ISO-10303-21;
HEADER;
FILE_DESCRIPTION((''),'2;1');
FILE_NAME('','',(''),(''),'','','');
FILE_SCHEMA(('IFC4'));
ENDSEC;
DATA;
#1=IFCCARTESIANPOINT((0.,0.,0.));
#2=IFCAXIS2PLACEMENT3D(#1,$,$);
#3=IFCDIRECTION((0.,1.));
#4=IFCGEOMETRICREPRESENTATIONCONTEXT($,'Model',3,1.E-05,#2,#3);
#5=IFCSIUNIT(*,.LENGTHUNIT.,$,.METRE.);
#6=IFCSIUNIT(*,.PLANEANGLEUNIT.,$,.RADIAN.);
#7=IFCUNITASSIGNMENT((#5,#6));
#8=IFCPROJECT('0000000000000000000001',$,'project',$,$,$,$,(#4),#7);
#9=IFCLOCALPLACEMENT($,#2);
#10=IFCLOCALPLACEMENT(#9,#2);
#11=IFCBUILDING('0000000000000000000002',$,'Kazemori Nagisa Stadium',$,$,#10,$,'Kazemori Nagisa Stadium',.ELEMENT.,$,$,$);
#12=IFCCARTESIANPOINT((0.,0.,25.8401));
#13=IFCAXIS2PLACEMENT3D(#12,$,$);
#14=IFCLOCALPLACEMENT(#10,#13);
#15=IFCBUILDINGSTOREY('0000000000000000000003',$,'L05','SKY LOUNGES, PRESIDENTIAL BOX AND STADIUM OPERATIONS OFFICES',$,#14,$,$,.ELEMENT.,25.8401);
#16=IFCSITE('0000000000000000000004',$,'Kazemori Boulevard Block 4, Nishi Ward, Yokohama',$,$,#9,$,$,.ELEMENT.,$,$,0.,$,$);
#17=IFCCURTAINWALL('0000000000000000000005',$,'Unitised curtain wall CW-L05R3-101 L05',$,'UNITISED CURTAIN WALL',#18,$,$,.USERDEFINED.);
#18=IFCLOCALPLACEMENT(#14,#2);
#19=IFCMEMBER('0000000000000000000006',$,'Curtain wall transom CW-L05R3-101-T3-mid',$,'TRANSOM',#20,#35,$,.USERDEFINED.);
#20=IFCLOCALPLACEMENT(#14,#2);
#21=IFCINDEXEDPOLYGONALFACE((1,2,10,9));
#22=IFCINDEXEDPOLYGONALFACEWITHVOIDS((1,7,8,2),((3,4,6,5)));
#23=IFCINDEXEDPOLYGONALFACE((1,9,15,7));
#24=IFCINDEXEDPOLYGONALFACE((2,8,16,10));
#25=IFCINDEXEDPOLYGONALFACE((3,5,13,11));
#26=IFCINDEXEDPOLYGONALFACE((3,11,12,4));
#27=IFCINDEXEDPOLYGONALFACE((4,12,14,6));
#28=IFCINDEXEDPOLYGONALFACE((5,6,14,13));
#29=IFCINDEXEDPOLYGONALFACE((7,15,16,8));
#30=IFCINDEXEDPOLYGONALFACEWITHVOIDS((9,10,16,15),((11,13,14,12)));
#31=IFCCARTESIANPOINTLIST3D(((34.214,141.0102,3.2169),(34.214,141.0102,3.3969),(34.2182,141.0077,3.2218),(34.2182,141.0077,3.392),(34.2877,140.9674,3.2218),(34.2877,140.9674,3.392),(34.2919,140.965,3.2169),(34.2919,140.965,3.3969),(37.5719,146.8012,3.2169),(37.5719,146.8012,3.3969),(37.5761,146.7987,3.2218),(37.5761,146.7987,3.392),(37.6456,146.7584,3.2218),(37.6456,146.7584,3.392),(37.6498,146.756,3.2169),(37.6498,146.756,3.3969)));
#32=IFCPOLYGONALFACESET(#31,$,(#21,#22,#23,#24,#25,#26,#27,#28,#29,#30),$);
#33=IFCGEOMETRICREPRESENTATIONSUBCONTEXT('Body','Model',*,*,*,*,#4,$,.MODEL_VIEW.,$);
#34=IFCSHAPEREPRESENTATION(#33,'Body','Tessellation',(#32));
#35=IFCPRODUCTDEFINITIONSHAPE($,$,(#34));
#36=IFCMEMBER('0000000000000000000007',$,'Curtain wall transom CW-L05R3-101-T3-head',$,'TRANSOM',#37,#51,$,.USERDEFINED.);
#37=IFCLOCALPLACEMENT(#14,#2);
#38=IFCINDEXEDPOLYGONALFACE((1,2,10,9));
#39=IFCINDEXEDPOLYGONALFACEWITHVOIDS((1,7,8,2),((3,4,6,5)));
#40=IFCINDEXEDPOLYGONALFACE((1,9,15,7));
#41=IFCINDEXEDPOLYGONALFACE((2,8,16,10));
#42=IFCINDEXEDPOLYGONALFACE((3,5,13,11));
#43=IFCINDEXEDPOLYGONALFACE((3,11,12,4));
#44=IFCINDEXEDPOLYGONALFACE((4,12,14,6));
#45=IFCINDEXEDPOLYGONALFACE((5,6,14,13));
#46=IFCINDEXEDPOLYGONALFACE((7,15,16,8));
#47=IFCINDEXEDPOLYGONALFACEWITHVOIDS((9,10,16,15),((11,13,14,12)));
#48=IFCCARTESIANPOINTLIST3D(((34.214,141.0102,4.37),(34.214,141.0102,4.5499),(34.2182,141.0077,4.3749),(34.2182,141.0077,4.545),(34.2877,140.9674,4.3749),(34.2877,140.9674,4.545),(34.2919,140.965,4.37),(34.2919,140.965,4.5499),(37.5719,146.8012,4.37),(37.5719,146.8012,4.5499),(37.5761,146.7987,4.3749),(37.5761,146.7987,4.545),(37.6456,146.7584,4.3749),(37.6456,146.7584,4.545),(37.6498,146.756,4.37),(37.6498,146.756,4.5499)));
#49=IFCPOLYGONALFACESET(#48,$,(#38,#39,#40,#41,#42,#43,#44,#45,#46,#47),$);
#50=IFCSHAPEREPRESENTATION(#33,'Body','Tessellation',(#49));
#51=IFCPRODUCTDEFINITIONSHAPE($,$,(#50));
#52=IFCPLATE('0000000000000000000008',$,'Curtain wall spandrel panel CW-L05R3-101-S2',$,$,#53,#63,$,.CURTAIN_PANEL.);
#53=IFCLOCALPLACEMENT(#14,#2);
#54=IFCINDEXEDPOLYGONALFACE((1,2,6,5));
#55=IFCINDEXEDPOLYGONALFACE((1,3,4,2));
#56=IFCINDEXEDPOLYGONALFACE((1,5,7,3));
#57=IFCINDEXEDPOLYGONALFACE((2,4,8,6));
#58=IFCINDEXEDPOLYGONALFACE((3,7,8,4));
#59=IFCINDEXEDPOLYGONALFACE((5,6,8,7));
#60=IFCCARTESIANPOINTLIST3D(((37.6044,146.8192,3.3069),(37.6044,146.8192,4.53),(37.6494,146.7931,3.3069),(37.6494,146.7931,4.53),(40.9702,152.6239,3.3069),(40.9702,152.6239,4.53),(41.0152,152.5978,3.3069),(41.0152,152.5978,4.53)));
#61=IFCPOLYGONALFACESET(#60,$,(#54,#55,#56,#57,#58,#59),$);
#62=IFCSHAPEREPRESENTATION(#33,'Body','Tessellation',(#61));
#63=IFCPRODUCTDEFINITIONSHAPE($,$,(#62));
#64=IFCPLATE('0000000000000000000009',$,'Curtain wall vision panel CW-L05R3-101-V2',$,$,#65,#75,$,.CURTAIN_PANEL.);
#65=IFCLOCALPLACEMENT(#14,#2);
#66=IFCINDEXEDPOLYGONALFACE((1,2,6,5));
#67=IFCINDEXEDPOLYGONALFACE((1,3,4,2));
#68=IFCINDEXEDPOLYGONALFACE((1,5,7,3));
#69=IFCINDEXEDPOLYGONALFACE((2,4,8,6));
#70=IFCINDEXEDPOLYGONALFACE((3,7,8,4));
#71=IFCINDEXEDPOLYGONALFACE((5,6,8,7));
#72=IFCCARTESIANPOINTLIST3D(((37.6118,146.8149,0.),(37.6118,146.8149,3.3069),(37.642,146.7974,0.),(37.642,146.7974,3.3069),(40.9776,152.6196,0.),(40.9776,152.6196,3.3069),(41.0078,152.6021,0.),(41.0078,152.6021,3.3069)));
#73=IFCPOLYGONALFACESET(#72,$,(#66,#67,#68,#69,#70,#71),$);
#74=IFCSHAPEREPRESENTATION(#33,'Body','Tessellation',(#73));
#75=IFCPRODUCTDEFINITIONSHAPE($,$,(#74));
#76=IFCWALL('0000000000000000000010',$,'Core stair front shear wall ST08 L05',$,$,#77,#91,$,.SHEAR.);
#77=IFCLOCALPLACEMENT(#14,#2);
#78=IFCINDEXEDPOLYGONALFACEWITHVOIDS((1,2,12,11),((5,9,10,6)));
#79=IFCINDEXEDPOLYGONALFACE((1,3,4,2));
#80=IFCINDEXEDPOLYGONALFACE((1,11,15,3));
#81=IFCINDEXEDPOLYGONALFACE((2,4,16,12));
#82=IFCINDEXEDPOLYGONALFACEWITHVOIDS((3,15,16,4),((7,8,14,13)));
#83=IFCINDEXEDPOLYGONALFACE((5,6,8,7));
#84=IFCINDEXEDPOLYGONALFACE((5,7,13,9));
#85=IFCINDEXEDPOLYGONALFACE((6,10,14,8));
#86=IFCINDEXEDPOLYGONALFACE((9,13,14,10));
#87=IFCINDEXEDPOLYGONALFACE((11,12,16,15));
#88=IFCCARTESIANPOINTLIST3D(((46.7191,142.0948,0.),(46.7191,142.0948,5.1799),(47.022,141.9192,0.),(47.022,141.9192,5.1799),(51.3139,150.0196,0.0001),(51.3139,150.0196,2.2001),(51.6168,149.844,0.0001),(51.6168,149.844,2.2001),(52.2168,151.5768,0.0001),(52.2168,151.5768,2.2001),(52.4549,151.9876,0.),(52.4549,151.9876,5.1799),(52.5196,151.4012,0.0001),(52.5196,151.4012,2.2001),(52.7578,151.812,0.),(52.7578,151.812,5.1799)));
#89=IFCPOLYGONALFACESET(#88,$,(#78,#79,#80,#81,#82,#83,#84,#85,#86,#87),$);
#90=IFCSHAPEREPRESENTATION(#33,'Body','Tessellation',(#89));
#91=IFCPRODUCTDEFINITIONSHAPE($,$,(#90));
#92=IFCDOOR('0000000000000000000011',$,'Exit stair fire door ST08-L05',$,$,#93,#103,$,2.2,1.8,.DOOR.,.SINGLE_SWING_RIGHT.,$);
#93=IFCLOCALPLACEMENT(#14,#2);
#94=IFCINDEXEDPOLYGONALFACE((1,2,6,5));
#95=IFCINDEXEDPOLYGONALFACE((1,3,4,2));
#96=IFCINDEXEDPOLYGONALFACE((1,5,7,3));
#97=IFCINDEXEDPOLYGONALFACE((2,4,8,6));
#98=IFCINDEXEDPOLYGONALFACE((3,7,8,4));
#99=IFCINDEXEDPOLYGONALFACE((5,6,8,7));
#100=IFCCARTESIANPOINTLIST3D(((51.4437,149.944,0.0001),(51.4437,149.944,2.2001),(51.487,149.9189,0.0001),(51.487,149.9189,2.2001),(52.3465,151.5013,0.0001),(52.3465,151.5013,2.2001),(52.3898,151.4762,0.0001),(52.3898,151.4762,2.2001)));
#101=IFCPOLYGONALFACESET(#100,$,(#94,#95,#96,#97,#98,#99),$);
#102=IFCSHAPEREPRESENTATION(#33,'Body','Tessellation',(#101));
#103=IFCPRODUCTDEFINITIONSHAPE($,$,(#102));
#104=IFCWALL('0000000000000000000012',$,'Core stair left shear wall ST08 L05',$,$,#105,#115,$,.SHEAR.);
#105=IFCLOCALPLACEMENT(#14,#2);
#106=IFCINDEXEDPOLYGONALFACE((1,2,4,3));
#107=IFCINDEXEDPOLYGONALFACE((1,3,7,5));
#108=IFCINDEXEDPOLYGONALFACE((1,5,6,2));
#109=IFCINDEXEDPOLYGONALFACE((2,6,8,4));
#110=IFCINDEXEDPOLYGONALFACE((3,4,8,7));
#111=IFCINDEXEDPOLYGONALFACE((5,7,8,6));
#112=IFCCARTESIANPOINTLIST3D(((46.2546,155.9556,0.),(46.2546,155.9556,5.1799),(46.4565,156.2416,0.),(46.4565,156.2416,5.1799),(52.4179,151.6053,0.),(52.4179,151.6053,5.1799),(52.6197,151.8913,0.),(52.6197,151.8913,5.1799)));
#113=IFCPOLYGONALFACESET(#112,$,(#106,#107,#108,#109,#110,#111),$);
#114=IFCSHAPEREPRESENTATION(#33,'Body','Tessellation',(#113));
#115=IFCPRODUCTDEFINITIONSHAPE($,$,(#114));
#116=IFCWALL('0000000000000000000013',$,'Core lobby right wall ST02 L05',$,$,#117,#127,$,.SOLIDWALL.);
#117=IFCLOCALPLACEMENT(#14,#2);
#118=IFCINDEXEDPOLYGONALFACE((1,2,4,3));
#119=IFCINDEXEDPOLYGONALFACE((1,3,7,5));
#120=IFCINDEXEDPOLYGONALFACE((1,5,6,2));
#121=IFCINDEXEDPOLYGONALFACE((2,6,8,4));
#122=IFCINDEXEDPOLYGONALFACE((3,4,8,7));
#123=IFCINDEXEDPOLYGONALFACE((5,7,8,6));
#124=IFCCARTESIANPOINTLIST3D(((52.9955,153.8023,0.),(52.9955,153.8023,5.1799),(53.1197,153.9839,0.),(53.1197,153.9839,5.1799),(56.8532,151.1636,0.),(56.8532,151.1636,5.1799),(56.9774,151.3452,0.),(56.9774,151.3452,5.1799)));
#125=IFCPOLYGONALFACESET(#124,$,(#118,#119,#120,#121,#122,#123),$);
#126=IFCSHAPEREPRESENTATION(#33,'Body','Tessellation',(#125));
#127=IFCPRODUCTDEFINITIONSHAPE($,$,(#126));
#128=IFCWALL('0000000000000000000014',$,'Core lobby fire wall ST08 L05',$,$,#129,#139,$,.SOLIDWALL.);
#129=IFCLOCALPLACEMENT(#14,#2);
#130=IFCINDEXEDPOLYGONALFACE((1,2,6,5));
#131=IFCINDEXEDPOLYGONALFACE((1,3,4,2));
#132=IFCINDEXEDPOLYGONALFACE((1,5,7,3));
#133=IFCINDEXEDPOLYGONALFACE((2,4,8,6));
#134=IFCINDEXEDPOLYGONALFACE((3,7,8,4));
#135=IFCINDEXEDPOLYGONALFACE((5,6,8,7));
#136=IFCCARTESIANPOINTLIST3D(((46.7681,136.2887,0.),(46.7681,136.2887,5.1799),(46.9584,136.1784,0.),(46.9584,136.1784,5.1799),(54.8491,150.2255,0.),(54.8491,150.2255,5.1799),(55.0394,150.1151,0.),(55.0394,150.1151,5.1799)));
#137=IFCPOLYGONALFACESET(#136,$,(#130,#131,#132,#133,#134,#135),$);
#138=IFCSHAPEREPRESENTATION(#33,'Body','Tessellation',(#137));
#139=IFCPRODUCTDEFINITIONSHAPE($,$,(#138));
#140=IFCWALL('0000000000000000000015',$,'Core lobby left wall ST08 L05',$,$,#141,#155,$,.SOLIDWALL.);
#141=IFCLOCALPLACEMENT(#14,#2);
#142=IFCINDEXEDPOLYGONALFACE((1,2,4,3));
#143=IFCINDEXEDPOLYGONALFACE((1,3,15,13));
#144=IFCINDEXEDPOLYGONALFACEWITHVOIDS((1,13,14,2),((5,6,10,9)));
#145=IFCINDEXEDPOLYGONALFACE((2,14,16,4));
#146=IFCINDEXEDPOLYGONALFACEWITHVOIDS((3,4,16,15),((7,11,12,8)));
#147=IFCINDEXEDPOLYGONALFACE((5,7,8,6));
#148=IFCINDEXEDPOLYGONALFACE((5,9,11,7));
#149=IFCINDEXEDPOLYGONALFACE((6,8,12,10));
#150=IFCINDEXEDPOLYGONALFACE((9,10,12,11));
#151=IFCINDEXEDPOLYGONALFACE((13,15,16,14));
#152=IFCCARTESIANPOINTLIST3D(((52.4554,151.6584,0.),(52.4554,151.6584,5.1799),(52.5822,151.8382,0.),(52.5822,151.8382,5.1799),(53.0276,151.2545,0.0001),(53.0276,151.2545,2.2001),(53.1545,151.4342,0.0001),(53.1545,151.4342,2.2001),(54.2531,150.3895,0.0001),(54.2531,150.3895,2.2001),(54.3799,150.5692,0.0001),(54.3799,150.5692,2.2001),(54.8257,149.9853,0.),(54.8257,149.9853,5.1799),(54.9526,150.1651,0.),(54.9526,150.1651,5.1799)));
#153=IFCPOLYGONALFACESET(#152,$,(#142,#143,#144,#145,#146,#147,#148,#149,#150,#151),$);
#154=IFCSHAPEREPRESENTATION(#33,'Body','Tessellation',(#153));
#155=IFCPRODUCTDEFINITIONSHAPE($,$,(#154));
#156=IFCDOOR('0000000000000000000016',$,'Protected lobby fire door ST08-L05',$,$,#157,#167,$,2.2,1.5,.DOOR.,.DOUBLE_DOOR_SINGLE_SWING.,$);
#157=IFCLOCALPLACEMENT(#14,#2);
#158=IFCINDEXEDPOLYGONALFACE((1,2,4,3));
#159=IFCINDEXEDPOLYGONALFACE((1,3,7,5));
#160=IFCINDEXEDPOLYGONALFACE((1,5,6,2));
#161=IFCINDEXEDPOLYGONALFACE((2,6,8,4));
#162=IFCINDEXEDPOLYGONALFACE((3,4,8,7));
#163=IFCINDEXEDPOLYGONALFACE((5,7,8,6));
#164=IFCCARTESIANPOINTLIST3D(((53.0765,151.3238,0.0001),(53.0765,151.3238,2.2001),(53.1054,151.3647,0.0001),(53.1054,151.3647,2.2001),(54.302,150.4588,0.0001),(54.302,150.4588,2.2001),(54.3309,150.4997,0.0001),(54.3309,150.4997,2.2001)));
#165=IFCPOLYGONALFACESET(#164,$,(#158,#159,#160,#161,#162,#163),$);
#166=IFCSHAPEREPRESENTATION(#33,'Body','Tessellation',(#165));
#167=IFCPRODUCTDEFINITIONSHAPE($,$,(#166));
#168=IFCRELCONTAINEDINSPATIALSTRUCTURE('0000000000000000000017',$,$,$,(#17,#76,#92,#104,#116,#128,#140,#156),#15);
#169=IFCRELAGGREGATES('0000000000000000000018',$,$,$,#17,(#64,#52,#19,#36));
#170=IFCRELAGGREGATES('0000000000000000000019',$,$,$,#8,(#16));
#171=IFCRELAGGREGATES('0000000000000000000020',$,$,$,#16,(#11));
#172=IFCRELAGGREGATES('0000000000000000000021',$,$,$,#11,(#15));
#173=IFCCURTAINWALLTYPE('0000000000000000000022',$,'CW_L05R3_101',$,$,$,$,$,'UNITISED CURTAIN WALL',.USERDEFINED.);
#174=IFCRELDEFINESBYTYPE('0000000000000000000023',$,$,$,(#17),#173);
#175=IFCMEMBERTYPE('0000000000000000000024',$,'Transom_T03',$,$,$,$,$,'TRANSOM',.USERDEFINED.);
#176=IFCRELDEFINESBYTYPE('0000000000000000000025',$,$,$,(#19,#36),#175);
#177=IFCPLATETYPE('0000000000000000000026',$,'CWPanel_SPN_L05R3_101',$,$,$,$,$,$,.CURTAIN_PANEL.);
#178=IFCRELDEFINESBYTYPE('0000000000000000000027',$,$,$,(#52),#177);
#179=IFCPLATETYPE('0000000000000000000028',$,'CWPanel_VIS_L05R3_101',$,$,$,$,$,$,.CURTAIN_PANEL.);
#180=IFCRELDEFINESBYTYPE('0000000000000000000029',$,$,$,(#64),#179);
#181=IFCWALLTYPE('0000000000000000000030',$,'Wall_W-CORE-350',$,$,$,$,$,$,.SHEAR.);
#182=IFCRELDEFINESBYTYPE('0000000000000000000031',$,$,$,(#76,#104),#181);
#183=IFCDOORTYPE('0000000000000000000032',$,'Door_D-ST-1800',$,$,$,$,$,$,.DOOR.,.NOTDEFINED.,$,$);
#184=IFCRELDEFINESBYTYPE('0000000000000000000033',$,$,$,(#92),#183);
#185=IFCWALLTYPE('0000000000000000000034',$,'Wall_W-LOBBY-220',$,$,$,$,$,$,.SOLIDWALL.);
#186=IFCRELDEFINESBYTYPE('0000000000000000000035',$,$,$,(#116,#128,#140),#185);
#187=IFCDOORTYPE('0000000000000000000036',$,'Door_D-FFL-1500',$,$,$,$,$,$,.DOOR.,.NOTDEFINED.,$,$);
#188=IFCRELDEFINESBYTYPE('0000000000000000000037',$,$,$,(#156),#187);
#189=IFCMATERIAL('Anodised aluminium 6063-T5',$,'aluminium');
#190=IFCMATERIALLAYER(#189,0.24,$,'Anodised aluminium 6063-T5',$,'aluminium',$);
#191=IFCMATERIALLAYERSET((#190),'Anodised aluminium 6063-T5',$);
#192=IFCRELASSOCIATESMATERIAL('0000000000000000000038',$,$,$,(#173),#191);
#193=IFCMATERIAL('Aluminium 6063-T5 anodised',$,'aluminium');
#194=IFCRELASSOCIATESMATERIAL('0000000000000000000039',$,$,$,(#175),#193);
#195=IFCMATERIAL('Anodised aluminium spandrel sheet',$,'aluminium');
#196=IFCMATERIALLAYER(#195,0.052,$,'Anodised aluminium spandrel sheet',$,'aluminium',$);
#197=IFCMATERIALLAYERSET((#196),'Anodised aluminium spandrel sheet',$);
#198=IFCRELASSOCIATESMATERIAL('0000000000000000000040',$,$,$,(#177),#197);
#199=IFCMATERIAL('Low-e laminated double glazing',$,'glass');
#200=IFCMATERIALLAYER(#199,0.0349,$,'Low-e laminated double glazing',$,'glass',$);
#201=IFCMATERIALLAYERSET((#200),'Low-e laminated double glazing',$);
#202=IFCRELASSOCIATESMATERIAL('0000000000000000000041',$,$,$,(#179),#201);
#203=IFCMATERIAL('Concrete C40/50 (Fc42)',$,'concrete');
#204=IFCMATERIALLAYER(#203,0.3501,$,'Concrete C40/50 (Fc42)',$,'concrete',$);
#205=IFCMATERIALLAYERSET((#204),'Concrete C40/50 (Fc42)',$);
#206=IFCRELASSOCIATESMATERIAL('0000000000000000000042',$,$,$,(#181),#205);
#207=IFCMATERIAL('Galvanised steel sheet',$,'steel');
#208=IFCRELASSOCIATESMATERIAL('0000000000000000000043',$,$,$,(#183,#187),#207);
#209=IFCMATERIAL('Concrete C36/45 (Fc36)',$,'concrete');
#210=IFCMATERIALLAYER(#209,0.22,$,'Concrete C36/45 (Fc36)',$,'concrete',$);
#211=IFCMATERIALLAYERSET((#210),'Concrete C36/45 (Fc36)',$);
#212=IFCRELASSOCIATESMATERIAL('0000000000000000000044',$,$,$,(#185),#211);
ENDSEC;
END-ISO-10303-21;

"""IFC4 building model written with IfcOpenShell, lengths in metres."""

from ifc_helpers import new_model, si_unit, direction, frame, frame_2d, origin, origin_2d, place, context, subcontext, project, spatial, rectangle, hollow_rectangle, extrude, material, layer, layer_set, material_profile, profile_set, type_object, element, fill, aggregate, save


model = new_model("IFC4")

# Units and contexts
model_context = context("Model", 3, precision=1e-05, world=origin(), true_north=direction((0.0, 1.0)))
body_context = subcontext(model_context, "Body", "Model", "MODEL_VIEW")
ifc_project = project(units=[si_unit("LENGTHUNIT", "METRE"), si_unit("PLANEANGLEUNIT", "RADIAN")], contexts=[model_context])

# Site, building, storey
site_placement = place(None, origin())
site = spatial("IfcSite", under=ifc_project, at=site_placement, Name="Kazemori Boulevard Block 4, Nishi Ward, Yokohama", CompositionType="ELEMENT", RefElevation=0.0)
building_placement = place(site_placement, origin())
building = spatial("IfcBuilding", under=site, at=building_placement, Name="Kazemori Nagisa Stadium", LongName="Kazemori Nagisa Stadium", CompositionType="ELEMENT")
storey_placement = place(building_placement, frame((0.0, 0.0, 25.8401)))
storey = spatial("IfcBuildingStorey", under=building, at=storey_placement, Name="L05", Description="SKY LOUNGES, PRESIDENTIAL BOX AND STADIUM OPERATIONS OFFICES", CompositionType="ELEMENT", Elevation=25.8401)

# Shared definitions
ifc_material_1 = material(Name="Concrete C40/50 (Fc42)", Category="concrete")

# Curtain wall, members, plates
ifc_material_2 = material(Name="Anodised aluminium 6063-T5", Category="aluminium")
ifc_layer_1 = layer(ifc_material_2, 0.24, Name="Anodised aluminium 6063-T5", Category="aluminium")
ifc_layer_set_1 = layer_set([ifc_layer_1], Name="Anodised aluminium 6063-T5")
curtain_wall_type = type_object("IfcCurtainWallType", Name="CW_L05R3_101", ElementType="UNITISED CURTAIN WALL", PredefinedType="USERDEFINED", material=ifc_layer_set_1)
curtain_wall_placement = place(storey_placement, origin())
curtain_wall = element("IfcCurtainWall", 1, at=curtain_wall_placement, inside=storey, type_object=curtain_wall_type, Name="Unitised curtain wall CW-L05R3-101 L05", ObjectType="UNITISED CURTAIN WALL", PredefinedType="USERDEFINED")
ifc_material_3 = material(Name="Aluminium 6063-T5 anodised", Category="aluminium")
ifc_material_profile_1 = material_profile(ifc_material_3, hollow_rectangle(XDim=0.0901, YDim=0.1799, WallThickness=0.0049, at=origin_2d()), Name="ALU-TRAN-90x180x5")
ifc_profile_set_1 = profile_set([ifc_material_profile_1], Name="Aluminium 6063-T5 anodised")
member_type_1 = type_object("IfcMemberType", Name="Transom_T03", ElementType="TRANSOM", PredefinedType="USERDEFINED", material=ifc_profile_set_1)
member_1_placement = place(storey_placement, frame((37.6108, 146.7786, 3.3069), z_axis=(-0.50162, -0.865088, 0.0), x_axis=(0.865088, -0.50162, 0.0)))
member_1 = element("IfcMember", 2, at=member_1_placement, type_object=member_type_1, Name="Curtain wall transom CW-L05R3-101-T3-mid", ObjectType="TRANSOM", PredefinedType="USERDEFINED", context=body_context, shape_type="SweptSolid", body=[
    extrude(hollow_rectangle(XDim=0.0901, YDim=0.1799, WallThickness=0.0049, at=origin_2d()), origin(), (0.0, 0.0, 1.0), 6.6941),
])
member_2_placement = place(storey_placement, frame((37.6108, 146.7786, 4.46), z_axis=(-0.50162, -0.865088, 0.0), x_axis=(0.865088, -0.50162, 0.0)))
member_2 = element("IfcMember", 3, at=member_2_placement, type_object=member_type_1, Name="Curtain wall transom CW-L05R3-101-T3-head", ObjectType="TRANSOM", PredefinedType="USERDEFINED", context=body_context, shape_type="SweptSolid", body=[
    extrude(hollow_rectangle(XDim=0.0901, YDim=0.1799, WallThickness=0.0049, at=origin_2d()), origin(), (0.0, 0.0, 1.0), 6.6941),
])
ifc_material_4 = material(Name="Anodised aluminium spandrel sheet", Category="aluminium")
ifc_layer_2 = layer(ifc_material_4, 0.052, Name="Anodised aluminium spandrel sheet", Category="aluminium")
ifc_layer_set_2 = layer_set([ifc_layer_2], Name="Anodised aluminium spandrel sheet")
plate_type_1 = type_object("IfcPlateType", Name="CWPanel_SPN_L05R3_101", PredefinedType="CURTAIN_PANEL", material=ifc_layer_set_2)
plate_1_placement = place(storey_placement, frame((39.3098, 149.7085, 3.3069), z_axis=(0.0, 0.0, 1.0), x_axis=(-0.501612, -0.865093, 0.0)))
plate_1 = element("IfcPlate", 4, at=plate_1_placement, type_object=plate_type_1, Name="Curtain wall spandrel panel CW-L05R3-101-S2", PredefinedType="CURTAIN_PANEL", context=body_context, shape_type="SweptSolid", body=[
    extrude(rectangle(XDim=6.71, YDim=0.052, at=origin_2d()), origin(), (0.0, 0.0, 1.0), 1.2231),
])
ifc_material_5 = material(Name="Low-e laminated double glazing", Category="glass")
ifc_layer_3 = layer(ifc_material_5, 0.0349, Name="Low-e laminated double glazing", Category="glass")
ifc_layer_set_3 = layer_set([ifc_layer_3], Name="Low-e laminated double glazing")
plate_type_2 = type_object("IfcPlateType", Name="CWPanel_VIS_L05R3_101", PredefinedType="CURTAIN_PANEL", material=ifc_layer_set_3)
plate_2_placement = place(storey_placement, frame((39.3098, 149.7085, 0.0), z_axis=(0.0, 0.0, 1.0), x_axis=(-0.501612, -0.865093, 0.0)))
plate_2 = element("IfcPlate", 5, at=plate_2_placement, type_object=plate_type_2, Name="Curtain wall vision panel CW-L05R3-101-V2", PredefinedType="CURTAIN_PANEL", context=body_context, shape_type="SweptSolid", body=[
    extrude(rectangle(XDim=6.71, YDim=0.0349, at=origin_2d()), origin(), (0.0, 0.0, 1.0), 3.3069),
])
aggregate(curtain_wall, [plate_2, plate_1, member_1, member_2])

# Wall, opening, door
ifc_layer_4 = layer(ifc_material_1, 0.3501, Name="Concrete C40/50 (Fc42)", Category="concrete")
ifc_layer_set_4 = layer_set([ifc_layer_4], Name="Concrete C40/50 (Fc42)")
wall_type_1 = type_object("IfcWallType", Name="Wall_W-CORE-350", PredefinedType="SHEAR", material=ifc_layer_set_4)
wall_1_placement = place(storey_placement, frame((52.6064, 151.8999, 0.0), z_axis=(0.0, 0.0, 1.0), x_axis=(-0.501587, -0.865107, 0.0)))
wall_1 = element("IfcWall", 6, at=wall_1_placement, inside=storey, type_object=wall_type_1, Name="Core stair front shear wall ST08 L05", PredefinedType="SHEAR", context=body_context, shape_type="SweptSolid", body=[
    extrude(rectangle(XDim=11.4353, YDim=0.3501, at=frame_2d((5.7178, 0.0))), origin(), (0.0, 0.0, 1.0), 5.1799),
])
opening_1_placement = place(wall_1_placement, frame((0.4751, 0.0, 0.0)))
opening_1 = element("IfcOpeningElement", 7, at=opening_1_placement, cuts=wall_1, PredefinedType="OPENING", context=body_context, shape_type="SweptSolid", body=[
    extrude(rectangle(XDim=1.8, YDim=2.2, at=frame_2d((0.8999, 1.1001))), frame((0.0, 0.1851, 0.0), z_axis=(0.0, -1.0, 0.0), x_axis=(1.0, 0.0, 0.0)), (0.0, 0.0, 1.0), 0.3701),
])
ifc_material_6 = material(Name="Galvanised steel sheet", Category="steel")
door_type_1 = type_object("IfcDoorType", Name="Door_D-ST-1800", OperationType="NOTDEFINED", PredefinedType="DOOR", material=ifc_material_6)
door_1_placement = place(opening_1_placement, frame((1.8, 0.0, 0.0), z_axis=(0.0, 0.0, 1.0), x_axis=(-1.0, 0.0, 0.0)))
door_1 = element("IfcDoor", 8, at=door_1_placement, inside=storey, type_object=door_type_1, Name="Exit stair fire door ST08-L05", OperationType="SINGLE_SWING_RIGHT", OverallHeight=2.2, OverallWidth=1.8, PredefinedType="DOOR", context=body_context, shape_type="SweptSolid", body=[
    extrude(rectangle(XDim=1.8, YDim=2.2, at=frame_2d((0.8999, 1.1001))), frame((0.0, 0.0249, 0.0), z_axis=(0.0, -1.0, 0.0), x_axis=(1.0, 0.0, 0.0)), (0.0, 0.0, 1.0), 0.05),
])
fill(opening_1, door_1)

# Walls
wall_2_placement = place(storey_placement, frame((52.5188, 151.7483, 0.0), z_axis=(0.0, 0.0, 1.0), x_axis=(-0.816983, 0.576662, 0.0)))
element("IfcWall", 9, at=wall_2_placement, inside=storey, type_object=wall_type_1, Name="Core stair left shear wall ST08 L05", PredefinedType="SHEAR", context=body_context, shape_type="SweptSolid", body=[
    extrude(rectangle(XDim=7.5439, YDim=0.3501, at=frame_2d((3.772, 0.0))), origin(), (0.0, 0.0, 1.0), 5.1799),
])
ifc_material_7 = material(Name="Concrete C36/45 (Fc36)", Category="concrete")
ifc_layer_5 = layer(ifc_material_7, 0.22, Name="Concrete C36/45 (Fc36)", Category="concrete")
ifc_layer_set_5 = layer_set([ifc_layer_5], Name="Concrete C36/45 (Fc36)")
wall_type_2 = type_object("IfcWallType", Name="Wall_W-LOBBY-220", PredefinedType="SOLIDWALL", material=ifc_layer_set_5)
wall_3_placement = place(storey_placement, frame((56.9153, 151.2544, 0.0), z_axis=(0.0, 0.0, 1.0), x_axis=(-0.825385, 0.56457, 0.0)))
element("IfcWall", 10, at=wall_3_placement, inside=storey, type_object=wall_type_2, Name="Core lobby right wall ST02 L05", PredefinedType="SOLIDWALL", context=body_context, shape_type="SweptSolid", body=[
    extrude(rectangle(XDim=4.6738, YDim=0.22, at=frame_2d((2.3369, 0.0))), origin(), (0.0, 0.0, 1.0), 5.1799),
])
wall_4_placement = place(storey_placement, frame((54.9443, 150.1704, 0.0), z_axis=(0.0, 0.0, 1.0), x_axis=(-0.501613, -0.865092, 0.0)))
element("IfcWall", 11, at=wall_4_placement, inside=storey, type_object=wall_type_2, Name="Core lobby fire wall ST08 L05", PredefinedType="SOLIDWALL", context=body_context, shape_type="SweptSolid", body=[
    extrude(rectangle(XDim=16.1101, YDim=0.22, at=frame_2d((8.0552, 0.0))), origin(), (0.0, 0.0, 1.0), 5.1799),
])

# Wall, opening, door
wall_5_placement = place(storey_placement, frame((54.8892, 150.0752, 0.0), z_axis=(0.0, 0.0, 1.0), x_axis=(-0.816984, 0.57666, 0.0)))
wall_5 = element("IfcWall", 12, at=wall_5_placement, inside=storey, type_object=wall_type_2, Name="Core lobby left wall ST08 L05", PredefinedType="SOLIDWALL", context=body_context, shape_type="SweptSolid", body=[
    extrude(rectangle(XDim=2.9014, YDim=0.22, at=frame_2d((1.4507, 0.0))), origin(), (0.0, 0.0, 1.0), 5.1799),
])
opening_2_placement = place(wall_5_placement, frame((0.7009, 0.0, 0.0)))
opening_2 = element("IfcOpeningElement", 13, at=opening_2_placement, cuts=wall_5, PredefinedType="OPENING", context=body_context, shape_type="SweptSolid", body=[
    extrude(rectangle(XDim=1.5, YDim=2.2, at=frame_2d((0.75, 1.1001))), frame((0.0, 0.1199, 0.0), z_axis=(0.0, -1.0, 0.0), x_axis=(1.0, 0.0, 0.0)), (0.0, 0.0, 1.0), 0.24),
])
door_type_2 = type_object("IfcDoorType", Name="Door_D-FFL-1500", OperationType="NOTDEFINED", PredefinedType="DOOR", material=ifc_material_6)
door_2_placement = place(opening_2_placement, frame((1.5, 0.0, 0.0), z_axis=(0.0, 0.0, 1.0), x_axis=(-1.0, 0.0, 0.0)))
door_2 = element("IfcDoor", 14, at=door_2_placement, inside=storey, type_object=door_type_2, Name="Protected lobby fire door ST08-L05", OperationType="DOUBLE_DOOR_SINGLE_SWING", OverallHeight=2.2, OverallWidth=1.5, PredefinedType="DOOR", context=body_context, shape_type="SweptSolid", body=[
    extrude(rectangle(XDim=1.5, YDim=2.2, at=frame_2d((0.75, 1.1001))), frame((0.0, 0.0249, 0.0), z_axis=(0.0, -1.0, 0.0), x_axis=(1.0, 0.0, 0.0)), (0.0, 0.0, 1.0), 0.05),
])
fill(opening_2, door_2)

save(model, "model.ifc")
